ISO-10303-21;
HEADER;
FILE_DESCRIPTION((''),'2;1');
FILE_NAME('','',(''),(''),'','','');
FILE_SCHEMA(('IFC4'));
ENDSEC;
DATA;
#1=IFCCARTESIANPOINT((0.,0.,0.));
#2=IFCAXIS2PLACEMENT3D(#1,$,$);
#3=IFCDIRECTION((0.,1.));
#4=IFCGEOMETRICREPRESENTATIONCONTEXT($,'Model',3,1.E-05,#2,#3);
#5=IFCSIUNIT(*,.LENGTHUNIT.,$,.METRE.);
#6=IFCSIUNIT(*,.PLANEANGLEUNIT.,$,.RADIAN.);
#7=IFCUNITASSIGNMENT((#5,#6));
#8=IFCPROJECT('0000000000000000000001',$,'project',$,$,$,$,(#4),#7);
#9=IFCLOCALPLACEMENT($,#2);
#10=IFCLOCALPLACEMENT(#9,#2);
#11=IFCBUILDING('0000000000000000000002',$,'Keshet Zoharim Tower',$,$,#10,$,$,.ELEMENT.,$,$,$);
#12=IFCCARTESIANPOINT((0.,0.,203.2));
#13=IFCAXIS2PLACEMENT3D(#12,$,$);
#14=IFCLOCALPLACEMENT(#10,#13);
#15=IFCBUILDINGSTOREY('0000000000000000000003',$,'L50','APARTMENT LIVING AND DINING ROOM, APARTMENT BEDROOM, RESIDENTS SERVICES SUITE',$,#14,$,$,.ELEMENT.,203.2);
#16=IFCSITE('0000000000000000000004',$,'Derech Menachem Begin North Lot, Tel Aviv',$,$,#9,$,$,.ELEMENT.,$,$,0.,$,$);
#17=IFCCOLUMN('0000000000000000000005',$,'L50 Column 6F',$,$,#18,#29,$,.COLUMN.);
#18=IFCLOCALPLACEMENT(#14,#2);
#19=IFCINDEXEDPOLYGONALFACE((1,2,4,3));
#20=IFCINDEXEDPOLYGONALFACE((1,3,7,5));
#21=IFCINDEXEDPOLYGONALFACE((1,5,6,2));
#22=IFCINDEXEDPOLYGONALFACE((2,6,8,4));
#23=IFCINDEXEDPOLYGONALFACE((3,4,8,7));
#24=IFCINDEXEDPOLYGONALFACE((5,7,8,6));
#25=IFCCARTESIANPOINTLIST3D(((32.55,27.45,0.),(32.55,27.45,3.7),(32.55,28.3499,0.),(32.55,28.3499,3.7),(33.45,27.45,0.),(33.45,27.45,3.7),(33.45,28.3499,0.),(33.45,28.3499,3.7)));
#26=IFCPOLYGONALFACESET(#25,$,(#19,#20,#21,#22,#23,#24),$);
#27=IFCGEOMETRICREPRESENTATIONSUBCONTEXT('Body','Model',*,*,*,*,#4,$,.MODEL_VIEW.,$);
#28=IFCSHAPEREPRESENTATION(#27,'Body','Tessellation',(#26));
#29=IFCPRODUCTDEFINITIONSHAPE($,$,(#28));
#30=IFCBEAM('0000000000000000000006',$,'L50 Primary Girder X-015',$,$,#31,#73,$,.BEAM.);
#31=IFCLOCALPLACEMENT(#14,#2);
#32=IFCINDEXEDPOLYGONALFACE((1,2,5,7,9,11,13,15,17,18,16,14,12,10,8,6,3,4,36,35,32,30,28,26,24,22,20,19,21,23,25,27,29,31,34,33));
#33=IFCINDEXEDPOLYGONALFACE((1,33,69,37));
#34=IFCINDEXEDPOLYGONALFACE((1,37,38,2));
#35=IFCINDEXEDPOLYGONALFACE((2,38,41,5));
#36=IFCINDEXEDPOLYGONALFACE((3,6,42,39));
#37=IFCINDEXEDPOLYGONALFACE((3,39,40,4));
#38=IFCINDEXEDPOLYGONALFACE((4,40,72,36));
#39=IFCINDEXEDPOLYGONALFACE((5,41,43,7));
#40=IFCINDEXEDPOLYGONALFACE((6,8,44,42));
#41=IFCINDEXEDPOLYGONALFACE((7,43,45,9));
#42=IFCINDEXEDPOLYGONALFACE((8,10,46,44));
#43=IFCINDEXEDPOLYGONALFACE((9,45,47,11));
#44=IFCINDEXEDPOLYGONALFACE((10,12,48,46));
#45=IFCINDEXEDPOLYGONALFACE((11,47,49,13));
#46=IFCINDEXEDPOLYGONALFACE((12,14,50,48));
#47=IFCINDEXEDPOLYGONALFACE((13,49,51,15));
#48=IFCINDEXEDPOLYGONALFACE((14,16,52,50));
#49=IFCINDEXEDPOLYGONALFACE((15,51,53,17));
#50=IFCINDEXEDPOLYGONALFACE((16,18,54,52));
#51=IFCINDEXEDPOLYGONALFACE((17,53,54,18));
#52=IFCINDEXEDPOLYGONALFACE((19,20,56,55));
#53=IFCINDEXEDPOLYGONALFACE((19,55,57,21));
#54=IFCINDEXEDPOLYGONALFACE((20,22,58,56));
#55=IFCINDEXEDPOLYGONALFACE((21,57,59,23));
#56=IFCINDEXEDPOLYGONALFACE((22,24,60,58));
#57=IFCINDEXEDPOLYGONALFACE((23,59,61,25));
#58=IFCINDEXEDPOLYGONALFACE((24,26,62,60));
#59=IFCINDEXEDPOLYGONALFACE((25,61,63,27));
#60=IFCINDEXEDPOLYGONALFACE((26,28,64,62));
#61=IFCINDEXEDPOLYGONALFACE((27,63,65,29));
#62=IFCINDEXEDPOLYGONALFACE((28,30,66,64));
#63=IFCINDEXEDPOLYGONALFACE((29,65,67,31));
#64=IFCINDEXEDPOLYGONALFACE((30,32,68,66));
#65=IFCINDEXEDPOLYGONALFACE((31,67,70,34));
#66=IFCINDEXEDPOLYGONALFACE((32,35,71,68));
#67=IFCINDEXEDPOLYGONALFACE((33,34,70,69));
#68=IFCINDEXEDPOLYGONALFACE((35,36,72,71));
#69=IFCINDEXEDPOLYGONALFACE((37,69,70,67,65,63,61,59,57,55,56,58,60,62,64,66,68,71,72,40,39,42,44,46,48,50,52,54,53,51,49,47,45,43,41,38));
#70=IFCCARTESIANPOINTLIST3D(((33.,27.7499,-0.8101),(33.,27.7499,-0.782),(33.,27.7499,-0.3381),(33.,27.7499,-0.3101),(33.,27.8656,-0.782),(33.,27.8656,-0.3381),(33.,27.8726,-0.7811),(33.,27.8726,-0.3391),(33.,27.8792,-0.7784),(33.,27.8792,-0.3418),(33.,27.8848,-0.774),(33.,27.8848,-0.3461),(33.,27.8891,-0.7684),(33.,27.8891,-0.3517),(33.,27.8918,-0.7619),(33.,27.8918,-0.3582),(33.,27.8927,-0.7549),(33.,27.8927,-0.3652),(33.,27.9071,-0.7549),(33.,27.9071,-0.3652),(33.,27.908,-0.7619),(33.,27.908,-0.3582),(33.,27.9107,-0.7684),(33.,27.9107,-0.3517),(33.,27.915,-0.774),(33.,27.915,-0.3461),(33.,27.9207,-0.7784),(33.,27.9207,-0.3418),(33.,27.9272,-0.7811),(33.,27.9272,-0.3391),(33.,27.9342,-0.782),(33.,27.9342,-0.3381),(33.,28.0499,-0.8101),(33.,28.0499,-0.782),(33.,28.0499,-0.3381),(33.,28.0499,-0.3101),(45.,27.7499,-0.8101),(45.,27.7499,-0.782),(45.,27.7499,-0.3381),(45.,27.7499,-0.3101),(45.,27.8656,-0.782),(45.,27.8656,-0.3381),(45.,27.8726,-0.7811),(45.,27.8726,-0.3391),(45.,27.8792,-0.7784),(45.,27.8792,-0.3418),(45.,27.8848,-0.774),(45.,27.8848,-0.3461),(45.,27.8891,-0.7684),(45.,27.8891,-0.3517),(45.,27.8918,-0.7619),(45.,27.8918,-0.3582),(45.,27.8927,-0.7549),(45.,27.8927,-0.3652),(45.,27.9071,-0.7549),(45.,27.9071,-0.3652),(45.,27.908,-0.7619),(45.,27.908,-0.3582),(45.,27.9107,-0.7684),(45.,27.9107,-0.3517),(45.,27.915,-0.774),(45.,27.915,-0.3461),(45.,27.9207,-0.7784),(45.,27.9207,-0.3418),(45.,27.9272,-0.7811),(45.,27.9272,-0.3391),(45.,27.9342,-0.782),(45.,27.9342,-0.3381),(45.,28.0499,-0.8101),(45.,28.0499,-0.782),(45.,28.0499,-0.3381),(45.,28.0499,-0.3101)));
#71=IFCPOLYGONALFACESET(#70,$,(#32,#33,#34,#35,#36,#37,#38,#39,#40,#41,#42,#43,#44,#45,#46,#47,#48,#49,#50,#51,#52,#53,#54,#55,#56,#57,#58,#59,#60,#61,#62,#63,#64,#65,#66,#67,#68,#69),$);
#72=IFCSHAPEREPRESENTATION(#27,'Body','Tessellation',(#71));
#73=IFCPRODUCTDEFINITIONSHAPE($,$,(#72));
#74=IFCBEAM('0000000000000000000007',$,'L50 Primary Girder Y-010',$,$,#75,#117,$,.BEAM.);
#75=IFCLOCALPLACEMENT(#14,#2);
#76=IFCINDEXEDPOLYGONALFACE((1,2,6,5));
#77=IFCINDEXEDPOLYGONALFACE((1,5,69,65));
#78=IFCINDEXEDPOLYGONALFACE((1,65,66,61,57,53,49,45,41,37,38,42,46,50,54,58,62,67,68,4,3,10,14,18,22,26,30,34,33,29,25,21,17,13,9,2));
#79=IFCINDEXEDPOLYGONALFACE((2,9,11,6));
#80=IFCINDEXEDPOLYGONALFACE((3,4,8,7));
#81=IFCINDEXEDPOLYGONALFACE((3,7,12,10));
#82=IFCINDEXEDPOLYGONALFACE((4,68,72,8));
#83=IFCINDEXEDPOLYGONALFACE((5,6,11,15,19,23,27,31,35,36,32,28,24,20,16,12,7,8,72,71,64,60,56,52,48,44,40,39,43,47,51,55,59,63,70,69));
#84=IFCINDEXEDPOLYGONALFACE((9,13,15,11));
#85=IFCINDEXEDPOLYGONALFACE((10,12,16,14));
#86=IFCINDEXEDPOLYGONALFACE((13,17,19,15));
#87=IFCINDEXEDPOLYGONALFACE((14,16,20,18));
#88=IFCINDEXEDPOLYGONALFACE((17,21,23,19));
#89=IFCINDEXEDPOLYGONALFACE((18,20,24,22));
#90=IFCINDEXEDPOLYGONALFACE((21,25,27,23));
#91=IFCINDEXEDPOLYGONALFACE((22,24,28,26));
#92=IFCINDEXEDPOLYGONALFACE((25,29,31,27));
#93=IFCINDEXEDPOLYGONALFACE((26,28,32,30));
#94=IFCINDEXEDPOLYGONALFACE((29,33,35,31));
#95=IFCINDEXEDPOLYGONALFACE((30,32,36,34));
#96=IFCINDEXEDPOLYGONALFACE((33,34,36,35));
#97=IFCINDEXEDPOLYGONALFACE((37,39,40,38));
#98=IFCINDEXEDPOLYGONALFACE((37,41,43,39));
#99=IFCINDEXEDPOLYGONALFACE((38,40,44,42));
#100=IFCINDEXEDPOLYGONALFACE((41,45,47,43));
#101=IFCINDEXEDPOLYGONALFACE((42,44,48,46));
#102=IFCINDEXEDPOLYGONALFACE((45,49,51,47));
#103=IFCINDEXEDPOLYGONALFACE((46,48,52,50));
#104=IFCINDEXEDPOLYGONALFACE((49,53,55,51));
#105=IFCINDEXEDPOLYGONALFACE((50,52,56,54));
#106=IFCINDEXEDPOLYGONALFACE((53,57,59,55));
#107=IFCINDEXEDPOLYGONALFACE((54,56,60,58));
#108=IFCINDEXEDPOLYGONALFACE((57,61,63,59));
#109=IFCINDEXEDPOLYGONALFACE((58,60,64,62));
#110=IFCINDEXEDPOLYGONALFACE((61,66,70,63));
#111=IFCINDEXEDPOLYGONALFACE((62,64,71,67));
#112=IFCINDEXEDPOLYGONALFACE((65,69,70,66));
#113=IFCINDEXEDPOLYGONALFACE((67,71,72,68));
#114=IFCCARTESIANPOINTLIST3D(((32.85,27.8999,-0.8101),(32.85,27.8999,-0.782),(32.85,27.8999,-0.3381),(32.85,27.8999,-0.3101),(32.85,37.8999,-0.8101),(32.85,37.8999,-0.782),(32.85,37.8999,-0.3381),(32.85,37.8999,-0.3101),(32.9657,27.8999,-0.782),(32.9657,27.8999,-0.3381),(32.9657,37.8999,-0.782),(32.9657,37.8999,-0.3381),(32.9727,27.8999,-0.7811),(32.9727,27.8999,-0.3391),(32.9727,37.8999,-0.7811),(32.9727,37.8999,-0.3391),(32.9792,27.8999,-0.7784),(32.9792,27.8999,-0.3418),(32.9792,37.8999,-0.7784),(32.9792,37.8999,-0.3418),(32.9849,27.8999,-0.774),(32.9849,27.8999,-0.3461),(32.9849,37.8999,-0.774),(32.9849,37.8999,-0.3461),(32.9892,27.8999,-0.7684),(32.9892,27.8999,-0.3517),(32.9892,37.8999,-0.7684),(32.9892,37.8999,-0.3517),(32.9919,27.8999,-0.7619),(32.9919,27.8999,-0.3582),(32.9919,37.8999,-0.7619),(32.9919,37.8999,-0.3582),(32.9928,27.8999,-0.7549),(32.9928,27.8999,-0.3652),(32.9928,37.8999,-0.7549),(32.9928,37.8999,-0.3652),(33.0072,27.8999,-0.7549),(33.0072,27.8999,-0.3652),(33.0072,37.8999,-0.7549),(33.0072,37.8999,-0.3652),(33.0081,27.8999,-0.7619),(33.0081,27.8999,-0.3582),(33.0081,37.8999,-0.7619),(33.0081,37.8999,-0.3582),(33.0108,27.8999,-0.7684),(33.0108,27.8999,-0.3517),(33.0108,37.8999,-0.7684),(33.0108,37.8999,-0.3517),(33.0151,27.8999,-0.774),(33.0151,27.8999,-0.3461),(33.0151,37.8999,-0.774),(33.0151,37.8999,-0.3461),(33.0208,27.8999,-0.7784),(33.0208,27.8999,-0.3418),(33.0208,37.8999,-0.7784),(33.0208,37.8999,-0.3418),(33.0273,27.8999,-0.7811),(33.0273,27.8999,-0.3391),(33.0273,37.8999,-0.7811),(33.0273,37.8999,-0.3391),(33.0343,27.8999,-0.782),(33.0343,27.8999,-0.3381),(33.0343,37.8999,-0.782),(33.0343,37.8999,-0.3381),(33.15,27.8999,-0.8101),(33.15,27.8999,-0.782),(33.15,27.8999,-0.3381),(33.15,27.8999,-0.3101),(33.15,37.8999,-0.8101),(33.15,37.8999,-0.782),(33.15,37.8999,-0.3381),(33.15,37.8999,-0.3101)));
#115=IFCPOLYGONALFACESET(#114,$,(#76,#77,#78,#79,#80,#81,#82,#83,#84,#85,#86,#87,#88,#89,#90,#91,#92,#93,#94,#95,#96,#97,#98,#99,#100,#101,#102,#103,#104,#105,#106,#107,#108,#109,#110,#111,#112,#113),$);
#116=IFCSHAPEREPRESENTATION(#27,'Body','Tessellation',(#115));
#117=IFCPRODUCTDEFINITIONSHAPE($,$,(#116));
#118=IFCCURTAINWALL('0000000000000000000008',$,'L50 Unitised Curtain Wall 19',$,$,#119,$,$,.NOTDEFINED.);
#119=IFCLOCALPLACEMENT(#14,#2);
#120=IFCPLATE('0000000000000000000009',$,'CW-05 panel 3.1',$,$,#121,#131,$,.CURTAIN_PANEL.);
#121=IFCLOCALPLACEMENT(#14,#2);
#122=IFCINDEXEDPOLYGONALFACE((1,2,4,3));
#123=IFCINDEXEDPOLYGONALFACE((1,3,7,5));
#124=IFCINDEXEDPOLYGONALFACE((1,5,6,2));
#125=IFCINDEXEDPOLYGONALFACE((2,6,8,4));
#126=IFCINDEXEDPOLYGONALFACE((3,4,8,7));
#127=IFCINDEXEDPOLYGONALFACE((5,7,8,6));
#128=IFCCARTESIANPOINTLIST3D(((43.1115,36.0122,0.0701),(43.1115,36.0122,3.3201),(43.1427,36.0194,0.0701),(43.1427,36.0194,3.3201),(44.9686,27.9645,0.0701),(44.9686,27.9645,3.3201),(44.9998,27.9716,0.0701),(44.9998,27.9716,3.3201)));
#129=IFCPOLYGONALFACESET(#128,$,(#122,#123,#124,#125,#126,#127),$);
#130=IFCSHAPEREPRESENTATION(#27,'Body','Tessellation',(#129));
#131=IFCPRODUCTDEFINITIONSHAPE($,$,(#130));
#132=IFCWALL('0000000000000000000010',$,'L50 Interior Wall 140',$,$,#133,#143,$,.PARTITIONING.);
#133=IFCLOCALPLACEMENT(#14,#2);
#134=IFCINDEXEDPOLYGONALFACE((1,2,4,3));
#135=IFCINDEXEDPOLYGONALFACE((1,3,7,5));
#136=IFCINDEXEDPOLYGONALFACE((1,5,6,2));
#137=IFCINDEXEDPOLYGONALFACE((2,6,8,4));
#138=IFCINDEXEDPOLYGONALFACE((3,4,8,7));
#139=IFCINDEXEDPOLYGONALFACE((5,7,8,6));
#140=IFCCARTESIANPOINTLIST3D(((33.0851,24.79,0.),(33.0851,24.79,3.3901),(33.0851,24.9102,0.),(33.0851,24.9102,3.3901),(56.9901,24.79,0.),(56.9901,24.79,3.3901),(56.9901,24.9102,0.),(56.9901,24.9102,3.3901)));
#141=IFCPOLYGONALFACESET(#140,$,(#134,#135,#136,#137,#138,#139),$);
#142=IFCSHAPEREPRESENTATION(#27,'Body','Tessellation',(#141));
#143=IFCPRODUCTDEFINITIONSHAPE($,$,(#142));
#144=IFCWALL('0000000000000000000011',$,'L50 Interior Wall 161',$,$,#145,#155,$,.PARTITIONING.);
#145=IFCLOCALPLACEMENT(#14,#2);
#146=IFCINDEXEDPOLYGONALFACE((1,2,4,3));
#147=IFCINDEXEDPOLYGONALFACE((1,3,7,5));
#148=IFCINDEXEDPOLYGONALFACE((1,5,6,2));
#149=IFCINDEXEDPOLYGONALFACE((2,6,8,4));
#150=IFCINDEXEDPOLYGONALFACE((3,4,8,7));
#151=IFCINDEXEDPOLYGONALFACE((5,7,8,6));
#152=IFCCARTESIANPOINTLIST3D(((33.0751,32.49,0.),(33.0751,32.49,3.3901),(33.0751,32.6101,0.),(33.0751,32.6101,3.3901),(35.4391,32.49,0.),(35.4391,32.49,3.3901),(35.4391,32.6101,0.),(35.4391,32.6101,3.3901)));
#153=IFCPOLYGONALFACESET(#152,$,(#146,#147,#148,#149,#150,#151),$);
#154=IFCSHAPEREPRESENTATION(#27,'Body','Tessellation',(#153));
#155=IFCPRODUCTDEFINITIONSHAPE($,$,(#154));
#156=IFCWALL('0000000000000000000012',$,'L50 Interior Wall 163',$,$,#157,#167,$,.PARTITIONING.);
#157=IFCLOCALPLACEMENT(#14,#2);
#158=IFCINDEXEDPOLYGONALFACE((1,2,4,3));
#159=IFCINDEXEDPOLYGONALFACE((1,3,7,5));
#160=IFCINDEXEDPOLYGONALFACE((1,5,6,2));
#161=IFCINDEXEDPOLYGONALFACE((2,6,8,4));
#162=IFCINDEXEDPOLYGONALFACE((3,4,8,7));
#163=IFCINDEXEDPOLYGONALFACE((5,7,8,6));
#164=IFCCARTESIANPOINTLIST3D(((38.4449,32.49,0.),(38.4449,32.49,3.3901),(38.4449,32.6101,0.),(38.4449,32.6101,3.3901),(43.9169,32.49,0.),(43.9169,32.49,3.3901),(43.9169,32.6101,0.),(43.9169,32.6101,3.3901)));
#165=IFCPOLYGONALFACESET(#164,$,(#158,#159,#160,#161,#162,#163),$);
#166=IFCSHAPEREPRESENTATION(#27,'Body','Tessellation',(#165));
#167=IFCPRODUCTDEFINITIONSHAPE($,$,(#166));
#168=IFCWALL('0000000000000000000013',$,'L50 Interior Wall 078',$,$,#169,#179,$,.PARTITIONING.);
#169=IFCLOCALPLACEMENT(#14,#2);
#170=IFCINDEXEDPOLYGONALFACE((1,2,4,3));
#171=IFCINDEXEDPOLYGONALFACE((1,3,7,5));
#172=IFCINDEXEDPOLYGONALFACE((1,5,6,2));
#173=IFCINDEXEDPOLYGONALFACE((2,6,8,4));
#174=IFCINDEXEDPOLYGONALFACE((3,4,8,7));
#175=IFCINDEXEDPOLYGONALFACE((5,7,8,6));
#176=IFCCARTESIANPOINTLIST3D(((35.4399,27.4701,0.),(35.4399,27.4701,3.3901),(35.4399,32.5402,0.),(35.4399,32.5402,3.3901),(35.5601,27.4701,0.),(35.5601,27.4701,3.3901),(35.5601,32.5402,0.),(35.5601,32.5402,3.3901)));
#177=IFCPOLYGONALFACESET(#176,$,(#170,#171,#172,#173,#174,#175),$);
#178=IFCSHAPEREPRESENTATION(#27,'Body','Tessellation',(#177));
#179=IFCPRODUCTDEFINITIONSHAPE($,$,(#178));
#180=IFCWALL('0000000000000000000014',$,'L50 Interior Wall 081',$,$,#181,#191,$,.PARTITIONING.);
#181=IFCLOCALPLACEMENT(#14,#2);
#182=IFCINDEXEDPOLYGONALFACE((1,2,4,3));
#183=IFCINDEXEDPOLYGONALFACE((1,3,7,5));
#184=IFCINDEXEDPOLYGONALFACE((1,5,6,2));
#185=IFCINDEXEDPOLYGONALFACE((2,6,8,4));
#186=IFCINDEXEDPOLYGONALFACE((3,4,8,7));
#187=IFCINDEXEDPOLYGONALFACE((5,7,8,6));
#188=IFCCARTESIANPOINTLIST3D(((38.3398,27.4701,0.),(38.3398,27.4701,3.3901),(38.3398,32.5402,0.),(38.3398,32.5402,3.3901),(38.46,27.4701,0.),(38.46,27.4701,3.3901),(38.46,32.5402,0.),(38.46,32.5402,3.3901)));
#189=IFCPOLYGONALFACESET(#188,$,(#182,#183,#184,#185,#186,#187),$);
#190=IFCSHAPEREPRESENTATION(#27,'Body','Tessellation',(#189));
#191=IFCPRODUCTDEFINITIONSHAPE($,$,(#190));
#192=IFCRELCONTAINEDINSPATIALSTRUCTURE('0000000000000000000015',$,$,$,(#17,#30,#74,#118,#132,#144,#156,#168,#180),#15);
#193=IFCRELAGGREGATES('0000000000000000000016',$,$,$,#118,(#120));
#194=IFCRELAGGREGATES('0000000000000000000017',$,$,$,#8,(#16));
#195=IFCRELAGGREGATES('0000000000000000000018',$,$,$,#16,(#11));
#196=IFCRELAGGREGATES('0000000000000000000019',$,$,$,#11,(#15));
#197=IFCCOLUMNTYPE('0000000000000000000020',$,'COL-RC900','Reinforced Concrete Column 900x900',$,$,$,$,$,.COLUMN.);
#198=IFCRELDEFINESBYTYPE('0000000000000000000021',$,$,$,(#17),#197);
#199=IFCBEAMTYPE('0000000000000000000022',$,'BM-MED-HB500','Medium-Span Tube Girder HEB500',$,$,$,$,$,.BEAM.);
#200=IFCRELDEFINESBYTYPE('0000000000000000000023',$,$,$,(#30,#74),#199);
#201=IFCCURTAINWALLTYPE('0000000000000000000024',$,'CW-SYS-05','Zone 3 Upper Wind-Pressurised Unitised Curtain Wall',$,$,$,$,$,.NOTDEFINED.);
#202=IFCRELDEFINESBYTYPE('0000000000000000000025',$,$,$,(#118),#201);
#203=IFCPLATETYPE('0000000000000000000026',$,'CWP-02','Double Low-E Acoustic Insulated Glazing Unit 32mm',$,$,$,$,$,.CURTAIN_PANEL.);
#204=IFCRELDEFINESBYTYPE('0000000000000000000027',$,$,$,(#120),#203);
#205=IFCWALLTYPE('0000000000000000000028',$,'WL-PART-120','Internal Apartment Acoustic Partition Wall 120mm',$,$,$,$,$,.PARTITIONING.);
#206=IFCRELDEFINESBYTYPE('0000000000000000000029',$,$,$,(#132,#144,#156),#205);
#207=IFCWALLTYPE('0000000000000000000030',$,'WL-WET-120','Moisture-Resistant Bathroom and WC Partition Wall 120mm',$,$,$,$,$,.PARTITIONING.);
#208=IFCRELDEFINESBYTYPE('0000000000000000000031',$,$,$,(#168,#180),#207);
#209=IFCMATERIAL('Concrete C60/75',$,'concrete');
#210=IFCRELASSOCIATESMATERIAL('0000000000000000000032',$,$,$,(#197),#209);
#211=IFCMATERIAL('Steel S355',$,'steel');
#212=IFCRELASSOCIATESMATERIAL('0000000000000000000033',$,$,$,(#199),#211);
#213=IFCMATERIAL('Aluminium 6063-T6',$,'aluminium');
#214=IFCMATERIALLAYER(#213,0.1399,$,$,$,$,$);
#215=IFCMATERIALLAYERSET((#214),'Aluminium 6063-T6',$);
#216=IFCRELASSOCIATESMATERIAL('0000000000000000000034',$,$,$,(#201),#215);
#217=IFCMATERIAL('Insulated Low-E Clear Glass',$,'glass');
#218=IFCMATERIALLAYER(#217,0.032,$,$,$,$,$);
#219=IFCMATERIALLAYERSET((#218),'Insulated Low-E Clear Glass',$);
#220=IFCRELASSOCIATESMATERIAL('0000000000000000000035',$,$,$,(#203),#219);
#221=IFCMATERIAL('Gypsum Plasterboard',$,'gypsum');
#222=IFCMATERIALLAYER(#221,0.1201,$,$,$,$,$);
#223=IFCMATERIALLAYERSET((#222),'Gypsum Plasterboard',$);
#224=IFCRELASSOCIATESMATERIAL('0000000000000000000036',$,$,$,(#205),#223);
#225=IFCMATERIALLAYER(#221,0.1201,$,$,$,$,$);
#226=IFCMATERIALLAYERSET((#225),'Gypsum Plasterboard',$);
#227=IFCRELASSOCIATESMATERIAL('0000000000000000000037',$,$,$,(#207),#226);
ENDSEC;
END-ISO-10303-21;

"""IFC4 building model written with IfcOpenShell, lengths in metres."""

from ifc_helpers import new_model, si_unit, direction, frame, frame_2d, origin, origin_2d, place, context, subcontext, project, spatial, rectangle, i_section, extrude, material, layer, layer_set, material_profile, profile_set, type_object, element, aggregate, save


model = new_model("IFC4")

# Units and contexts
model_context = context("Model", 3, precision=1e-05, world=origin(), true_north=direction((0.0, 1.0)))
body_context = subcontext(model_context, "Body", "Model", "MODEL_VIEW")
ifc_project = project(units=[si_unit("LENGTHUNIT", "METRE"), si_unit("PLANEANGLEUNIT", "RADIAN")], contexts=[model_context])

# Site, building, storey
site_placement = place(None, origin())
site = spatial("IfcSite", under=ifc_project, at=site_placement, Name="Derech Menachem Begin North Lot, Tel Aviv", CompositionType="ELEMENT", RefElevation=0.0)
building_placement = place(site_placement, origin())
building = spatial("IfcBuilding", under=site, at=building_placement, Name="Keshet Zoharim Tower", CompositionType="ELEMENT")
storey_placement = place(building_placement, frame((0.0, 0.0, 203.2)))
storey = spatial("IfcBuildingStorey", under=building, at=storey_placement, Name="L50", Description="APARTMENT LIVING AND DINING ROOM, APARTMENT BEDROOM, RESIDENTS SERVICES SUITE", CompositionType="ELEMENT", Elevation=203.2)

# Column
ifc_material_1 = material(Name="Concrete C60/75", Category="concrete")
ifc_material_profile_1 = material_profile(ifc_material_1, rectangle(XDim=0.8999, YDim=0.8999, at=origin_2d()), Name="RC900x900")
ifc_profile_set_1 = profile_set([ifc_material_profile_1], Name="Concrete C60/75")
column_type = type_object("IfcColumnType", Name="COL-RC900", Description="Reinforced Concrete Column 900x900", PredefinedType="COLUMN", material=ifc_profile_set_1)
column_placement = place(storey_placement, frame((33.0, 27.8999, 0.0), z_axis=(0.0, 0.0, 1.0), x_axis=(1.0, 0.0, 0.0)))
element("IfcColumn", 1, at=column_placement, inside=storey, type_object=column_type, Name="L50 Column 6F", PredefinedType="COLUMN", context=body_context, shape_type="SweptSolid", body=[
    extrude(rectangle(XDim=0.8999, YDim=0.8999, at=origin_2d()), origin(), (0.0, 0.0, 1.0), 3.7),
])

# Beams
ifc_material_2 = material(Name="Steel S355", Category="steel")
ifc_material_profile_2 = material_profile(ifc_material_2, i_section(OverallWidth=0.3, OverallDepth=0.5, WebThickness=0.0144, FlangeThickness=0.0281, FilletRadius=0.0271, at=origin_2d()), Name="HEB500")
ifc_profile_set_2 = profile_set([ifc_material_profile_2], Name="Steel S355")
beam_type = type_object("IfcBeamType", Name="BM-MED-HB500", Description="Medium-Span Tube Girder HEB500", PredefinedType="BEAM", material=ifc_profile_set_2)
beam_1_placement = place(storey_placement, frame((33.0, 27.8999, -0.5601), z_axis=(1.0, 0.0, 0.0), x_axis=(0.0, 1.0, 0.0)))
element("IfcBeam", 2, at=beam_1_placement, inside=storey, type_object=beam_type, Name="L50 Primary Girder X-015", PredefinedType="BEAM", context=body_context, shape_type="SweptSolid", body=[
    extrude(i_section(OverallWidth=0.3, OverallDepth=0.5, WebThickness=0.0144, FlangeThickness=0.0281, FilletRadius=0.0271, at=origin_2d()), origin(), (0.0, 0.0, 1.0), 12.0),
])
beam_2_placement = place(storey_placement, frame((33.0, 27.8999, -0.5601), z_axis=(0.0, 1.0, 0.0), x_axis=(-1.0, 0.0, 0.0)))
element("IfcBeam", 3, at=beam_2_placement, inside=storey, type_object=beam_type, Name="L50 Primary Girder Y-010", PredefinedType="BEAM", context=body_context, shape_type="SweptSolid", body=[
    extrude(i_section(OverallWidth=0.3, OverallDepth=0.5, WebThickness=0.0144, FlangeThickness=0.0281, FilletRadius=0.0271, at=origin_2d()), origin(), (0.0, 0.0, 1.0), 10.0),
])

# Curtain wall, plate
ifc_material_3 = material(Name="Aluminium 6063-T6", Category="aluminium")
ifc_layer_1 = layer(ifc_material_3, 0.1399)
ifc_layer_set_1 = layer_set([ifc_layer_1], Name="Aluminium 6063-T6")
curtain_wall_type = type_object("IfcCurtainWallType", Name="CW-SYS-05", Description="Zone 3 Upper Wind-Pressurised Unitised Curtain Wall", PredefinedType="NOTDEFINED", material=ifc_layer_set_1)
curtain_wall_placement = place(storey_placement, origin())
curtain_wall = element("IfcCurtainWall", 4, at=curtain_wall_placement, inside=storey, type_object=curtain_wall_type, Name="L50 Unitised Curtain Wall 19", PredefinedType="NOTDEFINED")
ifc_material_4 = material(Name="Insulated Low-E Clear Glass", Category="glass")
ifc_layer_2 = layer(ifc_material_4, 0.032)
ifc_layer_set_2 = layer_set([ifc_layer_2], Name="Insulated Low-E Clear Glass")
plate_type = type_object("IfcPlateType", Name="CWP-02", Description="Double Low-E Acoustic Insulated Glazing Unit 32mm", PredefinedType="CURTAIN_PANEL", material=ifc_layer_set_2)
plate_placement = place(storey_placement, frame((44.0557, 31.9919, 0.0701), z_axis=(0.0, 0.0, 1.0), x_axis=(0.224848, -0.974394, 0.0)))
plate = element("IfcPlate", 5, at=plate_placement, type_object=plate_type, Name="CW-05 panel 3.1", PredefinedType="CURTAIN_PANEL", context=body_context, shape_type="SweptSolid", body=[
    extrude(rectangle(XDim=8.2593, YDim=0.032, at=origin_2d()), origin(), (0.0, 0.0, 1.0), 3.25),
])
aggregate(curtain_wall, [plate])

# Shared definitions
ifc_material_5 = material(Name="Gypsum Plasterboard", Category="gypsum")

# Wall
ifc_layer_3 = layer(ifc_material_5, 0.1201)
ifc_layer_set_3 = layer_set([ifc_layer_3], Name="Gypsum Plasterboard")
wall_type_1 = type_object("IfcWallType", Name="WL-PART-120", Description="Internal Apartment Acoustic Partition Wall 120mm", PredefinedType="PARTITIONING", material=ifc_layer_set_3)
wall_1_placement = place(storey_placement, frame((33.085, 24.8501, 0.0), z_axis=(0.0, 0.0, 1.0), x_axis=(1.0, 0.0, 0.0)))
element("IfcWall", 6, at=wall_1_placement, inside=storey, type_object=wall_type_1, Name="L50 Interior Wall 140", PredefinedType="PARTITIONING", context=body_context, shape_type="SweptSolid", body=[
    extrude(rectangle(XDim=23.905, YDim=0.1201, at=frame_2d((11.9526, 0.0))), origin(), (0.0, 0.0, 1.0), 3.3901),
])

# Walls
wall_2_placement = place(storey_placement, frame((33.075, 32.55, 0.0), z_axis=(0.0, 0.0, 1.0), x_axis=(1.0, 0.0, 0.0)))
element("IfcWall", 7, at=wall_2_placement, inside=storey, type_object=wall_type_1, Name="L50 Interior Wall 161", PredefinedType="PARTITIONING", context=body_context, shape_type="SweptSolid", body=[
    extrude(rectangle(XDim=2.364, YDim=0.1201, at=frame_2d((1.1821, 0.0))), origin(), (0.0, 0.0, 1.0), 3.3901),
])
wall_3_placement = place(storey_placement, frame((38.4451, 32.55, 0.0), z_axis=(0.0, 0.0, 1.0), x_axis=(1.0, 0.0, 0.0)))
element("IfcWall", 8, at=wall_3_placement, inside=storey, type_object=wall_type_1, Name="L50 Interior Wall 163", PredefinedType="PARTITIONING", context=body_context, shape_type="SweptSolid", body=[
    extrude(rectangle(XDim=5.4719, YDim=0.1201, at=frame_2d((2.7358, 0.0))), origin(), (0.0, 0.0, 1.0), 3.3901),
])
ifc_layer_4 = layer(ifc_material_5, 0.1201)
ifc_layer_set_4 = layer_set([ifc_layer_4], Name="Gypsum Plasterboard")
wall_type_2 = type_object("IfcWallType", Name="WL-WET-120", Description="Moisture-Resistant Bathroom and WC Partition Wall 120mm", PredefinedType="PARTITIONING", material=ifc_layer_set_4)
for number, where, z_axis, x_axis, name in (
    (9, (35.5, 27.47, 0.0), (0.0, 0.0, 1.0), (0.0, 1.0, 0.0), "L50 Interior Wall 078"),
    (10, (38.3999, 27.47, 0.0), (0.0, 0.0, 1.0), (0.0, 1.0, 0.0), "L50 Interior Wall 081"),
):
    element("IfcWall", number, at=place(storey_placement, frame(where, z_axis=z_axis, x_axis=x_axis)), inside=storey, type_object=wall_type_2, Name=name, PredefinedType="PARTITIONING", context=body_context, shape_type="SweptSolid", body=[
        extrude(rectangle(XDim=5.0701, YDim=0.1201, at=frame_2d((2.5352, 0.0))), origin(), (0.0, 0.0, 1.0), 3.3901),
    ])

save(model, "model.ifc")
